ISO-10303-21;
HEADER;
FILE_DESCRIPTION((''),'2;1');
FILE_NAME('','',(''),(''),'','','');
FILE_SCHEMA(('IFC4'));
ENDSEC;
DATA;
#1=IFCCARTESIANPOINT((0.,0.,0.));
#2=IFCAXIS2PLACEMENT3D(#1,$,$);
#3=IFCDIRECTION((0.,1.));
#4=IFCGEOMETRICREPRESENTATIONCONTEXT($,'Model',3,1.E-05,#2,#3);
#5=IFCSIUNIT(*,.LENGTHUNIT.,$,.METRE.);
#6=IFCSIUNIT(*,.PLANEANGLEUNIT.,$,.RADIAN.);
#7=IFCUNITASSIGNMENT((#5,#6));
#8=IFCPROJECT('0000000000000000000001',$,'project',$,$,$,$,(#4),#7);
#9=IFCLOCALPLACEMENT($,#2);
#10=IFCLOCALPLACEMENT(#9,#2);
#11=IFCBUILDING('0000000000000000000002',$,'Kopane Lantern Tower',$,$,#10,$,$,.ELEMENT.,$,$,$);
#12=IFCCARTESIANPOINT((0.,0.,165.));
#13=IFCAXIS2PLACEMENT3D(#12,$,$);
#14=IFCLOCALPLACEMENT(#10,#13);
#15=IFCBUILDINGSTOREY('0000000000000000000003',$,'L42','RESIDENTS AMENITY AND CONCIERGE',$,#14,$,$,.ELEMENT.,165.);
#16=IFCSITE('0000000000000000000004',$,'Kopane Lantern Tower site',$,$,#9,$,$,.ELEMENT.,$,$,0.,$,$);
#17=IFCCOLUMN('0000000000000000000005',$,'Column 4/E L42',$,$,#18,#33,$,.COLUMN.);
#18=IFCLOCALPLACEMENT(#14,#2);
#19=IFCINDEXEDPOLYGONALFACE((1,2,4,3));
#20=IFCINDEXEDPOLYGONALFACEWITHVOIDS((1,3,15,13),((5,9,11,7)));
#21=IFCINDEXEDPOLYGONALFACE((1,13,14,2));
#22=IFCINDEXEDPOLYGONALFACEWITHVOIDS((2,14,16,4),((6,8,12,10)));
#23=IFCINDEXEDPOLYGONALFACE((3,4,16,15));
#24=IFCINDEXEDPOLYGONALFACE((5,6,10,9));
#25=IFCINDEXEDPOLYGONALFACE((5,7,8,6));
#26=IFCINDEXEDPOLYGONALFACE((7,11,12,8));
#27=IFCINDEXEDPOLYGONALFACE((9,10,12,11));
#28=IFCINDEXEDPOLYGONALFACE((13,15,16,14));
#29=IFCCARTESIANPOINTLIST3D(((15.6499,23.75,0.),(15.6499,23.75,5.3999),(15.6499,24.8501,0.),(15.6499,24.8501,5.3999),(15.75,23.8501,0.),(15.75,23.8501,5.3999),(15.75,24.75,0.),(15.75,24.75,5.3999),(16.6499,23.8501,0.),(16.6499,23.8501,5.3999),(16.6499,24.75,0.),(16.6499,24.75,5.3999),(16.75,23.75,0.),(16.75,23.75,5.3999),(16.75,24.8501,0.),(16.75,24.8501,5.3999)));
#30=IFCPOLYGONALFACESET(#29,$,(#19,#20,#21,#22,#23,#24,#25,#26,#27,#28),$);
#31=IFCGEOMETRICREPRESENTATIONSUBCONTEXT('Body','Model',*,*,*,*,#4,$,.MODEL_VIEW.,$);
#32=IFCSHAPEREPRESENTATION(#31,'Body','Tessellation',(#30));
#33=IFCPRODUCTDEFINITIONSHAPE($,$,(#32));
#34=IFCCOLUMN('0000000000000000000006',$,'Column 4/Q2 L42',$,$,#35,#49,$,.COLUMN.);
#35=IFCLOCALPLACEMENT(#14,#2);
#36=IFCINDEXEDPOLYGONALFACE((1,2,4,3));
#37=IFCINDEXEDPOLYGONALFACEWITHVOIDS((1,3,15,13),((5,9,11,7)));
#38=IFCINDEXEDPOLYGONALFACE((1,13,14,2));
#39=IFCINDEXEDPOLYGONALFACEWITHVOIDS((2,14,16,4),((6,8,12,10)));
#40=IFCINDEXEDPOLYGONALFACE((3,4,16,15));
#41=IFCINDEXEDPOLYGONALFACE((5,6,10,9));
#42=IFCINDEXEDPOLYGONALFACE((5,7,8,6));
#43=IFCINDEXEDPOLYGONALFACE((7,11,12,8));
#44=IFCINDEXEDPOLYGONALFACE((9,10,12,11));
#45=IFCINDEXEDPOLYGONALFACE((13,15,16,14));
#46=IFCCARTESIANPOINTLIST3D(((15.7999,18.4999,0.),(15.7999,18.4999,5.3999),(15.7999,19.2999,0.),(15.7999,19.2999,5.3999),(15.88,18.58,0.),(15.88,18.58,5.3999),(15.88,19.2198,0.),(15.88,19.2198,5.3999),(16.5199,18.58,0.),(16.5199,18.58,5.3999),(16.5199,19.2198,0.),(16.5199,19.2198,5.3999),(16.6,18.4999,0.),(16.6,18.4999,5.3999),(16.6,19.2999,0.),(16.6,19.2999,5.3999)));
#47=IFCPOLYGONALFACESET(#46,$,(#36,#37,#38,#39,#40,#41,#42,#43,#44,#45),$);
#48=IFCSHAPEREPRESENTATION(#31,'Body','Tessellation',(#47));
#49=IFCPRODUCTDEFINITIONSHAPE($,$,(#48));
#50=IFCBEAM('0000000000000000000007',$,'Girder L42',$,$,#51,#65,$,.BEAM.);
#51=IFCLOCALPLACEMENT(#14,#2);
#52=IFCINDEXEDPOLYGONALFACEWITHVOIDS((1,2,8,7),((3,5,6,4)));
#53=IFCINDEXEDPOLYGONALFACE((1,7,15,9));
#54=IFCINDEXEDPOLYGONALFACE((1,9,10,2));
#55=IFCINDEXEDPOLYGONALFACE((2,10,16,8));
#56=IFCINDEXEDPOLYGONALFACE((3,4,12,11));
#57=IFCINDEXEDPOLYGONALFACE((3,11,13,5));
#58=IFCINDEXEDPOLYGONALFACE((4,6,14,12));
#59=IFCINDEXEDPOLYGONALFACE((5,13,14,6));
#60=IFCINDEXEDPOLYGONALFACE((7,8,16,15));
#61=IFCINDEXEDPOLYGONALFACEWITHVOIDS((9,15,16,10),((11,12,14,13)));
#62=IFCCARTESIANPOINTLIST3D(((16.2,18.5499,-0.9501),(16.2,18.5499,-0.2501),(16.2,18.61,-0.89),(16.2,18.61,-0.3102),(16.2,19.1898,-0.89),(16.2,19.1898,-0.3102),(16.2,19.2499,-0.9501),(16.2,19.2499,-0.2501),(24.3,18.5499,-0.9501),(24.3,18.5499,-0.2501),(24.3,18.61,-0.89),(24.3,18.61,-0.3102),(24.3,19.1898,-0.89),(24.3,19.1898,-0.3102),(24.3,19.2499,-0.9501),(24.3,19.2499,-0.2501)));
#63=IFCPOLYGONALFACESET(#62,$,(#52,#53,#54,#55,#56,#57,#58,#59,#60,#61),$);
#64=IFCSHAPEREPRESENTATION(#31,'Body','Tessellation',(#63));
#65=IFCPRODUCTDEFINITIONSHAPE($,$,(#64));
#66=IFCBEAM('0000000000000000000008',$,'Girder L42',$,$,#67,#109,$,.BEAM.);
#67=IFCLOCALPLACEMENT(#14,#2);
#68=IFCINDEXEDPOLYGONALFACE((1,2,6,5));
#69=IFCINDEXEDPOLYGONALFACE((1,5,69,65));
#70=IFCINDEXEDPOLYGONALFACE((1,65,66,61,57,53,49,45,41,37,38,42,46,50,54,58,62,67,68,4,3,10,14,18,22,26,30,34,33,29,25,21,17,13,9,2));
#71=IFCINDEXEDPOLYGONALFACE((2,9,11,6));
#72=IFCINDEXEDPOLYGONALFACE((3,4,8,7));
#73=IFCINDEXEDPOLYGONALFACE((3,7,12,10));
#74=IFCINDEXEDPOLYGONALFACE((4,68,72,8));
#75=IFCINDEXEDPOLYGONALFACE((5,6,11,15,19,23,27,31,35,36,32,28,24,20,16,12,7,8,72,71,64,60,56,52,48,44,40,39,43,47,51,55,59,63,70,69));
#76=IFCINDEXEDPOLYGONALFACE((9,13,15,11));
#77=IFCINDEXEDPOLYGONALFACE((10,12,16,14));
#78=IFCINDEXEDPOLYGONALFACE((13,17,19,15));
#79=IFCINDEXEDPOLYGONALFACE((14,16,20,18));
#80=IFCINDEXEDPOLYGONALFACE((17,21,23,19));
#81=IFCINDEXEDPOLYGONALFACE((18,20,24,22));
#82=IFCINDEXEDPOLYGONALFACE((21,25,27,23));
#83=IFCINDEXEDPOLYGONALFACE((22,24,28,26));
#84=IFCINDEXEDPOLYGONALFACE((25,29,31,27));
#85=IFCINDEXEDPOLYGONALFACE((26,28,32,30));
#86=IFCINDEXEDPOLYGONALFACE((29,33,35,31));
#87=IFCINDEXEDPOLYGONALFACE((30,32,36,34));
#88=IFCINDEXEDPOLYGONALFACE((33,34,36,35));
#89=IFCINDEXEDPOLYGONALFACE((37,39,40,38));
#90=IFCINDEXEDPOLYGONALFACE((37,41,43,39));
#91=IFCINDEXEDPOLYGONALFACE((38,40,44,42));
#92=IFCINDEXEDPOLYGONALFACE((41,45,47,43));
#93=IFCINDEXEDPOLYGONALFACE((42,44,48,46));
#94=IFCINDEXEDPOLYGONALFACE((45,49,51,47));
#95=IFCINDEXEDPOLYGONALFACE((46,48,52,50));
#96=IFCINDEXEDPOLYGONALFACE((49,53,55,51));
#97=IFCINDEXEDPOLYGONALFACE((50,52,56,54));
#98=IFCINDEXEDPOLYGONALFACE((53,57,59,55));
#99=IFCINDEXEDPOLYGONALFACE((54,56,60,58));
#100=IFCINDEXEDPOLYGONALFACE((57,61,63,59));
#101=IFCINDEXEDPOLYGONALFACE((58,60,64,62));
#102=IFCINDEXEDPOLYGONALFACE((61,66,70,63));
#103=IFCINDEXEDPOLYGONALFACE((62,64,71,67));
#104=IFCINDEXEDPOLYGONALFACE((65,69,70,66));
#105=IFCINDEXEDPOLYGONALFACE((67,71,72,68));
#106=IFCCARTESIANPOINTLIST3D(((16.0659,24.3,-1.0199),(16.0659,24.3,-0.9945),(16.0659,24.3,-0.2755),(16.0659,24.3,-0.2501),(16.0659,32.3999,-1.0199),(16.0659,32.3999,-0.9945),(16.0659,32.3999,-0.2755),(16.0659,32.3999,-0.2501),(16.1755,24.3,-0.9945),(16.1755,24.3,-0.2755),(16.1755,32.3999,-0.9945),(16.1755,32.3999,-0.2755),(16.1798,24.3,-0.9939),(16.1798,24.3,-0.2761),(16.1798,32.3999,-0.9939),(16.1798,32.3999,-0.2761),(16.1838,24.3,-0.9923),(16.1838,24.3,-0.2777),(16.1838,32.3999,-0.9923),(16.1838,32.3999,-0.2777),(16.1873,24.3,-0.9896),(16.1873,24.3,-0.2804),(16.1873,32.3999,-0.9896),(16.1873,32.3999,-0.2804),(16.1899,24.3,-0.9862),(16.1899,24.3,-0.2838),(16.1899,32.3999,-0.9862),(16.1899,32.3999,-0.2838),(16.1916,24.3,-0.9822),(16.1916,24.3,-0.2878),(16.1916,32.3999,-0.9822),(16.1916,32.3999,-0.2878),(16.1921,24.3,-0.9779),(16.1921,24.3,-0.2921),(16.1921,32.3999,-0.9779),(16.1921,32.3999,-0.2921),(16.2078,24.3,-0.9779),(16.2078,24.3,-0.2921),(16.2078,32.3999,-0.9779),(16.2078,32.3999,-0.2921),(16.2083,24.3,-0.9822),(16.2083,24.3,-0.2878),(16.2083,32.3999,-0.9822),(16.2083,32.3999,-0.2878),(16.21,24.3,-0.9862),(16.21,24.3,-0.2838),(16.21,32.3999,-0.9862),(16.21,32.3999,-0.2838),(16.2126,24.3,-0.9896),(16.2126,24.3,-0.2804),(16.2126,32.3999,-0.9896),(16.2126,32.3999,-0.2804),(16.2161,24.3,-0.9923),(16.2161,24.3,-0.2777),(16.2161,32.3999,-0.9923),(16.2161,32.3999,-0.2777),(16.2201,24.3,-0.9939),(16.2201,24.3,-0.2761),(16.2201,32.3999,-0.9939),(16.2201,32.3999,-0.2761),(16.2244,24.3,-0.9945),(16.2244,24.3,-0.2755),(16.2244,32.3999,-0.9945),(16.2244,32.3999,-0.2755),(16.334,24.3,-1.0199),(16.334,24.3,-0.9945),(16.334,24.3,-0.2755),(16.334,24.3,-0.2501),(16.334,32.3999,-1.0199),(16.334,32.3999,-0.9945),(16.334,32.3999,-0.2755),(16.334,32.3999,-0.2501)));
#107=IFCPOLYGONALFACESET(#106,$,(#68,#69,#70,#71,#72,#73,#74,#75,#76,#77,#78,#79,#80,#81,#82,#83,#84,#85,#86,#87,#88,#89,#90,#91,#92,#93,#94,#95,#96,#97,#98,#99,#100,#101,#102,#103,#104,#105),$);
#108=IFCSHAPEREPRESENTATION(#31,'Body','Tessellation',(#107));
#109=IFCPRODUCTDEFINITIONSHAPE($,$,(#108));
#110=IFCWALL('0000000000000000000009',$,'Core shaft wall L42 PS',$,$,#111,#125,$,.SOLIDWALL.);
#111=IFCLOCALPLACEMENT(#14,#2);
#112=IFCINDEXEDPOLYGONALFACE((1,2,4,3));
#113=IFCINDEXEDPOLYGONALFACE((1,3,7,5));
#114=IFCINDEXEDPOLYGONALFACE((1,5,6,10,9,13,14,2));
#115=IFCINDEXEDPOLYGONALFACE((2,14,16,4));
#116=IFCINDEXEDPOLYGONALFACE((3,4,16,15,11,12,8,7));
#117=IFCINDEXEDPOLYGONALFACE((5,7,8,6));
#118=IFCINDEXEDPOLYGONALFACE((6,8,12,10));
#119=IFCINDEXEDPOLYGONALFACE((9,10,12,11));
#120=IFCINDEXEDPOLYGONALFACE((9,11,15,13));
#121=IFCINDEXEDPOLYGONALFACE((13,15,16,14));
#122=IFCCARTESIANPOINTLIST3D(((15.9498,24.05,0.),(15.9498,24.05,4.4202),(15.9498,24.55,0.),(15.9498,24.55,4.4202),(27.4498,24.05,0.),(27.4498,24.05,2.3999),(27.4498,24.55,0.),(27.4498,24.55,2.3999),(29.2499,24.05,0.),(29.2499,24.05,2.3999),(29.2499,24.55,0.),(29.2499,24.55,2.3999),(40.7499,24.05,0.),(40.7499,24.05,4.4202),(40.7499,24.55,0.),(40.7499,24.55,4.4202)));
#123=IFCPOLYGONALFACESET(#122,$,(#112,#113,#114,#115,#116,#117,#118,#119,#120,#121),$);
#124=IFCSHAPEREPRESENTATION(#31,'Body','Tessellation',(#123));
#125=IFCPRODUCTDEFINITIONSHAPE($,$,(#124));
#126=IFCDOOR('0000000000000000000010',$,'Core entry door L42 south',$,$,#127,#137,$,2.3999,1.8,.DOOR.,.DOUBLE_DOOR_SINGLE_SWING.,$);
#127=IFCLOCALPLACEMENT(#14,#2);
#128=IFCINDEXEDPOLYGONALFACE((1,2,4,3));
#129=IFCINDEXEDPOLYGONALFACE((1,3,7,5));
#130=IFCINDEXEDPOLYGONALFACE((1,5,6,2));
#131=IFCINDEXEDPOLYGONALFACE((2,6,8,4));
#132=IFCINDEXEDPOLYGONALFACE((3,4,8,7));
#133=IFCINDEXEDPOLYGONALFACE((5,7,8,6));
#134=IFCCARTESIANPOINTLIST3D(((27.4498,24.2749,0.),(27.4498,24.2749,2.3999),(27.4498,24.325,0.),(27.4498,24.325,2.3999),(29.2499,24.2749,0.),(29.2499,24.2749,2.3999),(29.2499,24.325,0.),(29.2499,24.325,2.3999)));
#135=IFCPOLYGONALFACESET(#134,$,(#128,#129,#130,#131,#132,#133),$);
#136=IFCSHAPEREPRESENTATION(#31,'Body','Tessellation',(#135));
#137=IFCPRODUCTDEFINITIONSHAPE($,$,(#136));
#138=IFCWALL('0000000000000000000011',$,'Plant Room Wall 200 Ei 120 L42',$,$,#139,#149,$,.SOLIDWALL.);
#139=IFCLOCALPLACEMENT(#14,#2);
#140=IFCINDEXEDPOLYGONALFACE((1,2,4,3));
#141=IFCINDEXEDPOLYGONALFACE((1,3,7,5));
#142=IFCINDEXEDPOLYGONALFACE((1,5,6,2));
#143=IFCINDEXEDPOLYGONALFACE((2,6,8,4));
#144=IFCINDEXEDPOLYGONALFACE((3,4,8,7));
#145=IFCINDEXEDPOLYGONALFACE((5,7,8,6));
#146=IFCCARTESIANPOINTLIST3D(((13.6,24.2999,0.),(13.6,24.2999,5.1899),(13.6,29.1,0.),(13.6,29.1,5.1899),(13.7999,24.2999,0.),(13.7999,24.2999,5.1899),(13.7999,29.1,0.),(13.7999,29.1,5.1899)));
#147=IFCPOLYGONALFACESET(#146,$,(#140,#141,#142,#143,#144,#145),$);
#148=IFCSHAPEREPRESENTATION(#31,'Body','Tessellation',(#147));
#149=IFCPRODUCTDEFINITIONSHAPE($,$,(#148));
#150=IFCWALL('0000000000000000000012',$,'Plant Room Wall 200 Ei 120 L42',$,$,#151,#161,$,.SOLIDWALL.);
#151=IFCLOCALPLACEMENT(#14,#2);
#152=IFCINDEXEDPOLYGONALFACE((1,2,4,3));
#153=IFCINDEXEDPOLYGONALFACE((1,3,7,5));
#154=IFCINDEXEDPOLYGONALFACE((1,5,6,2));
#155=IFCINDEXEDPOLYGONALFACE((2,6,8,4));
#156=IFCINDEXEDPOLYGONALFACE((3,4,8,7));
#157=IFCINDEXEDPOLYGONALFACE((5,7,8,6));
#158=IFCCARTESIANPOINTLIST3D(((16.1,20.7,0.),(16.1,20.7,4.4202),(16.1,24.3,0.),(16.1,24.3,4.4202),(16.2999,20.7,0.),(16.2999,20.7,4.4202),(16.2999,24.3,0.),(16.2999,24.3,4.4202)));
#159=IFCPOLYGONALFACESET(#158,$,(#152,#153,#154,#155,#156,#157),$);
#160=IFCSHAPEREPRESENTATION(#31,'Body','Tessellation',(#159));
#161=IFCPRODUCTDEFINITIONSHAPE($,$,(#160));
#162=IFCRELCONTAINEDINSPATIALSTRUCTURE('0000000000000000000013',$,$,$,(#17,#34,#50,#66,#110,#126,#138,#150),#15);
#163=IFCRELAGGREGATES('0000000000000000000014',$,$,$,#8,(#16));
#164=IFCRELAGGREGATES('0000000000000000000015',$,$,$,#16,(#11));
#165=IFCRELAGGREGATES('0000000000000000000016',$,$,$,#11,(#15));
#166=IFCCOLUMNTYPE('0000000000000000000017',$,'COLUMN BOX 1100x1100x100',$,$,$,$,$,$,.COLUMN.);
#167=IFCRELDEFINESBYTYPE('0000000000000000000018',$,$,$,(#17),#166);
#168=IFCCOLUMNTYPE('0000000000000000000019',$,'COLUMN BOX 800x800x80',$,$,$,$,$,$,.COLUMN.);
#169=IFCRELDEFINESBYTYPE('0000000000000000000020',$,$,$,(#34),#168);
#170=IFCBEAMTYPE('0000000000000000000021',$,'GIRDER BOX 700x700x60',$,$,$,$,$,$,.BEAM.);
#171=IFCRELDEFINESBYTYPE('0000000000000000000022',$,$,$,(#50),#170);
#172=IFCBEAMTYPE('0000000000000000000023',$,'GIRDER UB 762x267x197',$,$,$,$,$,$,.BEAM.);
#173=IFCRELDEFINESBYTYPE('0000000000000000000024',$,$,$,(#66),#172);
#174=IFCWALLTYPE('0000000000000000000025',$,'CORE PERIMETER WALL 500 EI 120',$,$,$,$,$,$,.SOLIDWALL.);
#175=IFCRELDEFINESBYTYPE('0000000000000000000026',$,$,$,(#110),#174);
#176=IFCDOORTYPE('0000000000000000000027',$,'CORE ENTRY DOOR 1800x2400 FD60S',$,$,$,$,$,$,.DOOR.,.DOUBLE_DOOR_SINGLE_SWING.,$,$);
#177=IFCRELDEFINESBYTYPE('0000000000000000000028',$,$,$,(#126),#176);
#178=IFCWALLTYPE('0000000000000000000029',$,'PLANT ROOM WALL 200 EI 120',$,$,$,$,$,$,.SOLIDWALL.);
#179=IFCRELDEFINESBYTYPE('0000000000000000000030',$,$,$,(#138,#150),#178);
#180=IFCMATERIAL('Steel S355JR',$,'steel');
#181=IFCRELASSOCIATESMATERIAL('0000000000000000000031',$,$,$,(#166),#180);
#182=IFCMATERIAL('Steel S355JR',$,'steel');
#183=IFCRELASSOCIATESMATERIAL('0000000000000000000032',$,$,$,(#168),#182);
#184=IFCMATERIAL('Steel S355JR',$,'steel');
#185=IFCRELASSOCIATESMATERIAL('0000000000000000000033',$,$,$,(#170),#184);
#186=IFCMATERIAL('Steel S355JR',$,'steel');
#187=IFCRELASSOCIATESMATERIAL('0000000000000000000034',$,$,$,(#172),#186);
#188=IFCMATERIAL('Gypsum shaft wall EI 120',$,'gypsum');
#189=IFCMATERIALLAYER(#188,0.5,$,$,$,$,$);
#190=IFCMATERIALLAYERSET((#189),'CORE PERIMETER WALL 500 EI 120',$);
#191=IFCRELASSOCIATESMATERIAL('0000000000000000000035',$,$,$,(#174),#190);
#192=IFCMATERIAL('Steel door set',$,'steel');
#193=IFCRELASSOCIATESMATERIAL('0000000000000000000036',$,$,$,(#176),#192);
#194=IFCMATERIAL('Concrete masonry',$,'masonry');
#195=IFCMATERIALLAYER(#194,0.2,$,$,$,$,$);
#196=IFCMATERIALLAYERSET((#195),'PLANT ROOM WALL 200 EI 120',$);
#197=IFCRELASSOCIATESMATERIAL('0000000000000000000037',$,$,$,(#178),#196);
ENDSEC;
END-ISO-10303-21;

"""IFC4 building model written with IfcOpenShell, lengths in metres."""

from ifc_helpers import new_model, si_unit, direction, frame, frame_2d, origin, origin_2d, place, context, subcontext, project, spatial, rectangle, hollow_rectangle, i_section, extrude, material, layer, layer_set, material_profile, profile_set, type_object, element, fill, save


model = new_model("IFC4")

# Units and contexts
model_context = context("Model", 3, precision=1e-05, world=origin(), true_north=direction((0.0, 1.0)))
body_context = subcontext(model_context, "Body", "Model", "MODEL_VIEW")
ifc_project = project(units=[si_unit("LENGTHUNIT", "METRE"), si_unit("PLANEANGLEUNIT", "RADIAN")], contexts=[model_context])

# Site, building, storey
site_placement = place(None, origin())
site = spatial("IfcSite", under=ifc_project, at=site_placement, Name="Kopane Lantern Tower site", CompositionType="ELEMENT", RefElevation=0.0)
building_placement = place(site_placement, origin())
building = spatial("IfcBuilding", under=site, at=building_placement, Name="Kopane Lantern Tower", CompositionType="ELEMENT")
storey_placement = place(building_placement, frame((0.0, 0.0, 165.0)))
storey = spatial("IfcBuildingStorey", under=building, at=storey_placement, Name="L42", Description="RESIDENTS AMENITY AND CONCIERGE", CompositionType="ELEMENT", Elevation=165.0)

# Columns
ifc_material_1 = material(Name="Steel S355JR", Category="steel")
ifc_material_profile_1 = material_profile(ifc_material_1, hollow_rectangle(XDim=1.1001, YDim=1.1001, WallThickness=0.1001, at=origin_2d()), Name="BOX 1100x1100x100")
ifc_profile_set_1 = profile_set([ifc_material_profile_1], Name="Steel S355JR")
column_type_1 = type_object("IfcColumnType", Name="COLUMN BOX 1100x1100x100", PredefinedType="COLUMN", material=ifc_profile_set_1)
column_1_placement = place(storey_placement, frame((16.2, 24.3, 0.0), z_axis=(0.0, 0.0, 1.0), x_axis=(1.0, 0.0, 0.0)))
element("IfcColumn", 1, at=column_1_placement, inside=storey, type_object=column_type_1, Name="Column 4/E L42", PredefinedType="COLUMN", context=body_context, shape_type="SweptSolid", body=[
    extrude(hollow_rectangle(XDim=1.1001, YDim=1.1001, WallThickness=0.1001, at=origin_2d()), origin(), (0.0, 0.0, 1.0), 5.3999),
])
ifc_material_2 = material(Name="Steel S355JR", Category="steel")
ifc_material_profile_2 = material_profile(ifc_material_2, hollow_rectangle(XDim=0.8, YDim=0.8, WallThickness=0.0801, at=origin_2d()), Name="BOX 800x800x80")
ifc_profile_set_2 = profile_set([ifc_material_profile_2], Name="Steel S355JR")
column_type_2 = type_object("IfcColumnType", Name="COLUMN BOX 800x800x80", PredefinedType="COLUMN", material=ifc_profile_set_2)
column_2_placement = place(storey_placement, frame((16.2, 18.8999, 0.0), z_axis=(0.0, 0.0, 1.0), x_axis=(1.0, 0.0, 0.0)))
element("IfcColumn", 2, at=column_2_placement, inside=storey, type_object=column_type_2, Name="Column 4/Q2 L42", PredefinedType="COLUMN", context=body_context, shape_type="SweptSolid", body=[
    extrude(hollow_rectangle(XDim=0.8, YDim=0.8, WallThickness=0.0801, at=origin_2d()), origin(), (0.0, 0.0, 1.0), 5.3999),
])

# Beams
ifc_material_3 = material(Name="Steel S355JR", Category="steel")
ifc_material_profile_3 = material_profile(ifc_material_3, hollow_rectangle(XDim=0.7, YDim=0.7, WallThickness=0.0601, at=origin_2d()), Name="BOX 700x700x60")
ifc_profile_set_3 = profile_set([ifc_material_profile_3], Name="Steel S355JR")
beam_type_1 = type_object("IfcBeamType", Name="GIRDER BOX 700x700x60", PredefinedType="BEAM", material=ifc_profile_set_3)
beam_1_placement = place(storey_placement, frame((16.2, 18.8999, -0.6001), z_axis=(1.0, 0.0, 0.0), x_axis=(0.0, 1.0, 0.0)))
element("IfcBeam", 3, at=beam_1_placement, inside=storey, type_object=beam_type_1, Name="Girder L42", PredefinedType="BEAM", context=body_context, shape_type="SweptSolid", body=[
    extrude(hollow_rectangle(XDim=0.7, YDim=0.7, WallThickness=0.0601, at=origin_2d()), origin(), (0.0, 0.0, 1.0), 8.1001),
])
ifc_material_4 = material(Name="Steel S355JR", Category="steel")
ifc_material_profile_4 = material_profile(ifc_material_4, i_section(OverallWidth=0.2681, OverallDepth=0.7698, WebThickness=0.0156, FlangeThickness=0.0254, FilletRadius=0.0166, at=origin_2d()), Name="UB 762x267x197")
ifc_profile_set_4 = profile_set([ifc_material_profile_4], Name="Steel S355JR")
beam_type_2 = type_object("IfcBeamType", Name="GIRDER UB 762x267x197", PredefinedType="BEAM", material=ifc_profile_set_4)
beam_2_placement = place(storey_placement, frame((16.2, 24.3, -0.635), z_axis=(0.0, 1.0, 0.0), x_axis=(-1.0, 0.0, 0.0)))
element("IfcBeam", 4, at=beam_2_placement, inside=storey, type_object=beam_type_2, Name="Girder L42", PredefinedType="BEAM", context=body_context, shape_type="SweptSolid", body=[
    extrude(i_section(OverallWidth=0.2681, OverallDepth=0.7698, WebThickness=0.0156, FlangeThickness=0.0254, FilletRadius=0.0166, at=origin_2d()), origin(), (0.0, 0.0, 1.0), 8.0999),
])

# Wall, opening, door
ifc_material_5 = material(Name="Gypsum shaft wall EI 120", Category="gypsum")
ifc_layer_1 = layer(ifc_material_5, 0.5)
ifc_layer_set_1 = layer_set([ifc_layer_1], Name="CORE PERIMETER WALL 500 EI 120")
wall_type_1 = type_object("IfcWallType", Name="CORE PERIMETER WALL 500 EI 120", PredefinedType="SOLIDWALL", material=ifc_layer_set_1)
wall_1_placement = place(storey_placement, frame((15.95, 24.3, 0.0), z_axis=(0.0, 0.0, 1.0), x_axis=(1.0, 0.0, 0.0)))
wall_1 = element("IfcWall", 5, at=wall_1_placement, inside=storey, type_object=wall_type_1, Name="Core shaft wall L42 PS", PredefinedType="SOLIDWALL", context=body_context, shape_type="SweptSolid", body=[
    extrude(rectangle(XDim=24.8, YDim=0.5, at=frame_2d((12.3999, 0.0))), origin(), (0.0, 0.0, 1.0), 4.4202),
])
opening_placement = place(wall_1_placement, frame((11.5, 0.0, 0.0)))
opening = element("IfcOpeningElement", 6, at=opening_placement, cuts=wall_1, PredefinedType="OPENING", context=body_context, shape_type="SweptSolid", body=[
    extrude(rectangle(XDim=1.8, YDim=2.3999, at=frame_2d((0.8999, 1.2))), frame((0.0, 0.26, 0.0), z_axis=(0.0, -1.0, 0.0), x_axis=(1.0, 0.0, 0.0)), (0.0, 0.0, 1.0), 0.52),
])
ifc_material_6 = material(Name="Steel door set", Category="steel")
door_type = type_object("IfcDoorType", Name="CORE ENTRY DOOR 1800x2400 FD60S", OperationType="DOUBLE_DOOR_SINGLE_SWING", PredefinedType="DOOR", material=ifc_material_6)
door_placement = place(opening_placement, origin())
door = element("IfcDoor", 7, at=door_placement, inside=storey, type_object=door_type, Name="Core entry door L42 south", OperationType="DOUBLE_DOOR_SINGLE_SWING", OverallHeight=2.3999, OverallWidth=1.8, PredefinedType="DOOR", context=body_context, shape_type="SweptSolid", body=[
    extrude(rectangle(XDim=1.8, YDim=2.3999, at=frame_2d((0.8999, 1.2))), frame((0.0, 0.0249, 0.0), z_axis=(0.0, -1.0, 0.0), x_axis=(1.0, 0.0, 0.0)), (0.0, 0.0, 1.0), 0.05),
])
fill(opening, door)

# Walls
ifc_material_7 = material(Name="Concrete masonry", Category="masonry")
ifc_layer_2 = layer(ifc_material_7, 0.2)
ifc_layer_set_2 = layer_set([ifc_layer_2], Name="PLANT ROOM WALL 200 EI 120")
wall_type_2 = type_object("IfcWallType", Name="PLANT ROOM WALL 200 EI 120", PredefinedType="SOLIDWALL", material=ifc_layer_set_2)
wall_2_placement = place(storey_placement, frame((13.7, 24.3, 0.0), z_axis=(0.0, 0.0, 1.0), x_axis=(0.0, 1.0, 0.0)))
element("IfcWall", 8, at=wall_2_placement, inside=storey, type_object=wall_type_2, Name="Plant Room Wall 200 Ei 120 L42", PredefinedType="SOLIDWALL", context=body_context, shape_type="SweptSolid", body=[
    extrude(rectangle(XDim=4.8, YDim=0.2, at=frame_2d((2.3999, 0.0))), origin(), (0.0, 0.0, 1.0), 5.1899),
])
wall_3_placement = place(storey_placement, frame((16.2, 20.7, 0.0), z_axis=(0.0, 0.0, 1.0), x_axis=(0.0, 1.0, 0.0)))
element("IfcWall", 9, at=wall_3_placement, inside=storey, type_object=wall_type_2, Name="Plant Room Wall 200 Ei 120 L42", PredefinedType="SOLIDWALL", context=body_context, shape_type="SweptSolid", body=[
    extrude(rectangle(XDim=3.6001, YDim=0.2, at=frame_2d((1.8, 0.0))), origin(), (0.0, 0.0, 1.0), 4.4202),
])

save(model, "model.ifc")
